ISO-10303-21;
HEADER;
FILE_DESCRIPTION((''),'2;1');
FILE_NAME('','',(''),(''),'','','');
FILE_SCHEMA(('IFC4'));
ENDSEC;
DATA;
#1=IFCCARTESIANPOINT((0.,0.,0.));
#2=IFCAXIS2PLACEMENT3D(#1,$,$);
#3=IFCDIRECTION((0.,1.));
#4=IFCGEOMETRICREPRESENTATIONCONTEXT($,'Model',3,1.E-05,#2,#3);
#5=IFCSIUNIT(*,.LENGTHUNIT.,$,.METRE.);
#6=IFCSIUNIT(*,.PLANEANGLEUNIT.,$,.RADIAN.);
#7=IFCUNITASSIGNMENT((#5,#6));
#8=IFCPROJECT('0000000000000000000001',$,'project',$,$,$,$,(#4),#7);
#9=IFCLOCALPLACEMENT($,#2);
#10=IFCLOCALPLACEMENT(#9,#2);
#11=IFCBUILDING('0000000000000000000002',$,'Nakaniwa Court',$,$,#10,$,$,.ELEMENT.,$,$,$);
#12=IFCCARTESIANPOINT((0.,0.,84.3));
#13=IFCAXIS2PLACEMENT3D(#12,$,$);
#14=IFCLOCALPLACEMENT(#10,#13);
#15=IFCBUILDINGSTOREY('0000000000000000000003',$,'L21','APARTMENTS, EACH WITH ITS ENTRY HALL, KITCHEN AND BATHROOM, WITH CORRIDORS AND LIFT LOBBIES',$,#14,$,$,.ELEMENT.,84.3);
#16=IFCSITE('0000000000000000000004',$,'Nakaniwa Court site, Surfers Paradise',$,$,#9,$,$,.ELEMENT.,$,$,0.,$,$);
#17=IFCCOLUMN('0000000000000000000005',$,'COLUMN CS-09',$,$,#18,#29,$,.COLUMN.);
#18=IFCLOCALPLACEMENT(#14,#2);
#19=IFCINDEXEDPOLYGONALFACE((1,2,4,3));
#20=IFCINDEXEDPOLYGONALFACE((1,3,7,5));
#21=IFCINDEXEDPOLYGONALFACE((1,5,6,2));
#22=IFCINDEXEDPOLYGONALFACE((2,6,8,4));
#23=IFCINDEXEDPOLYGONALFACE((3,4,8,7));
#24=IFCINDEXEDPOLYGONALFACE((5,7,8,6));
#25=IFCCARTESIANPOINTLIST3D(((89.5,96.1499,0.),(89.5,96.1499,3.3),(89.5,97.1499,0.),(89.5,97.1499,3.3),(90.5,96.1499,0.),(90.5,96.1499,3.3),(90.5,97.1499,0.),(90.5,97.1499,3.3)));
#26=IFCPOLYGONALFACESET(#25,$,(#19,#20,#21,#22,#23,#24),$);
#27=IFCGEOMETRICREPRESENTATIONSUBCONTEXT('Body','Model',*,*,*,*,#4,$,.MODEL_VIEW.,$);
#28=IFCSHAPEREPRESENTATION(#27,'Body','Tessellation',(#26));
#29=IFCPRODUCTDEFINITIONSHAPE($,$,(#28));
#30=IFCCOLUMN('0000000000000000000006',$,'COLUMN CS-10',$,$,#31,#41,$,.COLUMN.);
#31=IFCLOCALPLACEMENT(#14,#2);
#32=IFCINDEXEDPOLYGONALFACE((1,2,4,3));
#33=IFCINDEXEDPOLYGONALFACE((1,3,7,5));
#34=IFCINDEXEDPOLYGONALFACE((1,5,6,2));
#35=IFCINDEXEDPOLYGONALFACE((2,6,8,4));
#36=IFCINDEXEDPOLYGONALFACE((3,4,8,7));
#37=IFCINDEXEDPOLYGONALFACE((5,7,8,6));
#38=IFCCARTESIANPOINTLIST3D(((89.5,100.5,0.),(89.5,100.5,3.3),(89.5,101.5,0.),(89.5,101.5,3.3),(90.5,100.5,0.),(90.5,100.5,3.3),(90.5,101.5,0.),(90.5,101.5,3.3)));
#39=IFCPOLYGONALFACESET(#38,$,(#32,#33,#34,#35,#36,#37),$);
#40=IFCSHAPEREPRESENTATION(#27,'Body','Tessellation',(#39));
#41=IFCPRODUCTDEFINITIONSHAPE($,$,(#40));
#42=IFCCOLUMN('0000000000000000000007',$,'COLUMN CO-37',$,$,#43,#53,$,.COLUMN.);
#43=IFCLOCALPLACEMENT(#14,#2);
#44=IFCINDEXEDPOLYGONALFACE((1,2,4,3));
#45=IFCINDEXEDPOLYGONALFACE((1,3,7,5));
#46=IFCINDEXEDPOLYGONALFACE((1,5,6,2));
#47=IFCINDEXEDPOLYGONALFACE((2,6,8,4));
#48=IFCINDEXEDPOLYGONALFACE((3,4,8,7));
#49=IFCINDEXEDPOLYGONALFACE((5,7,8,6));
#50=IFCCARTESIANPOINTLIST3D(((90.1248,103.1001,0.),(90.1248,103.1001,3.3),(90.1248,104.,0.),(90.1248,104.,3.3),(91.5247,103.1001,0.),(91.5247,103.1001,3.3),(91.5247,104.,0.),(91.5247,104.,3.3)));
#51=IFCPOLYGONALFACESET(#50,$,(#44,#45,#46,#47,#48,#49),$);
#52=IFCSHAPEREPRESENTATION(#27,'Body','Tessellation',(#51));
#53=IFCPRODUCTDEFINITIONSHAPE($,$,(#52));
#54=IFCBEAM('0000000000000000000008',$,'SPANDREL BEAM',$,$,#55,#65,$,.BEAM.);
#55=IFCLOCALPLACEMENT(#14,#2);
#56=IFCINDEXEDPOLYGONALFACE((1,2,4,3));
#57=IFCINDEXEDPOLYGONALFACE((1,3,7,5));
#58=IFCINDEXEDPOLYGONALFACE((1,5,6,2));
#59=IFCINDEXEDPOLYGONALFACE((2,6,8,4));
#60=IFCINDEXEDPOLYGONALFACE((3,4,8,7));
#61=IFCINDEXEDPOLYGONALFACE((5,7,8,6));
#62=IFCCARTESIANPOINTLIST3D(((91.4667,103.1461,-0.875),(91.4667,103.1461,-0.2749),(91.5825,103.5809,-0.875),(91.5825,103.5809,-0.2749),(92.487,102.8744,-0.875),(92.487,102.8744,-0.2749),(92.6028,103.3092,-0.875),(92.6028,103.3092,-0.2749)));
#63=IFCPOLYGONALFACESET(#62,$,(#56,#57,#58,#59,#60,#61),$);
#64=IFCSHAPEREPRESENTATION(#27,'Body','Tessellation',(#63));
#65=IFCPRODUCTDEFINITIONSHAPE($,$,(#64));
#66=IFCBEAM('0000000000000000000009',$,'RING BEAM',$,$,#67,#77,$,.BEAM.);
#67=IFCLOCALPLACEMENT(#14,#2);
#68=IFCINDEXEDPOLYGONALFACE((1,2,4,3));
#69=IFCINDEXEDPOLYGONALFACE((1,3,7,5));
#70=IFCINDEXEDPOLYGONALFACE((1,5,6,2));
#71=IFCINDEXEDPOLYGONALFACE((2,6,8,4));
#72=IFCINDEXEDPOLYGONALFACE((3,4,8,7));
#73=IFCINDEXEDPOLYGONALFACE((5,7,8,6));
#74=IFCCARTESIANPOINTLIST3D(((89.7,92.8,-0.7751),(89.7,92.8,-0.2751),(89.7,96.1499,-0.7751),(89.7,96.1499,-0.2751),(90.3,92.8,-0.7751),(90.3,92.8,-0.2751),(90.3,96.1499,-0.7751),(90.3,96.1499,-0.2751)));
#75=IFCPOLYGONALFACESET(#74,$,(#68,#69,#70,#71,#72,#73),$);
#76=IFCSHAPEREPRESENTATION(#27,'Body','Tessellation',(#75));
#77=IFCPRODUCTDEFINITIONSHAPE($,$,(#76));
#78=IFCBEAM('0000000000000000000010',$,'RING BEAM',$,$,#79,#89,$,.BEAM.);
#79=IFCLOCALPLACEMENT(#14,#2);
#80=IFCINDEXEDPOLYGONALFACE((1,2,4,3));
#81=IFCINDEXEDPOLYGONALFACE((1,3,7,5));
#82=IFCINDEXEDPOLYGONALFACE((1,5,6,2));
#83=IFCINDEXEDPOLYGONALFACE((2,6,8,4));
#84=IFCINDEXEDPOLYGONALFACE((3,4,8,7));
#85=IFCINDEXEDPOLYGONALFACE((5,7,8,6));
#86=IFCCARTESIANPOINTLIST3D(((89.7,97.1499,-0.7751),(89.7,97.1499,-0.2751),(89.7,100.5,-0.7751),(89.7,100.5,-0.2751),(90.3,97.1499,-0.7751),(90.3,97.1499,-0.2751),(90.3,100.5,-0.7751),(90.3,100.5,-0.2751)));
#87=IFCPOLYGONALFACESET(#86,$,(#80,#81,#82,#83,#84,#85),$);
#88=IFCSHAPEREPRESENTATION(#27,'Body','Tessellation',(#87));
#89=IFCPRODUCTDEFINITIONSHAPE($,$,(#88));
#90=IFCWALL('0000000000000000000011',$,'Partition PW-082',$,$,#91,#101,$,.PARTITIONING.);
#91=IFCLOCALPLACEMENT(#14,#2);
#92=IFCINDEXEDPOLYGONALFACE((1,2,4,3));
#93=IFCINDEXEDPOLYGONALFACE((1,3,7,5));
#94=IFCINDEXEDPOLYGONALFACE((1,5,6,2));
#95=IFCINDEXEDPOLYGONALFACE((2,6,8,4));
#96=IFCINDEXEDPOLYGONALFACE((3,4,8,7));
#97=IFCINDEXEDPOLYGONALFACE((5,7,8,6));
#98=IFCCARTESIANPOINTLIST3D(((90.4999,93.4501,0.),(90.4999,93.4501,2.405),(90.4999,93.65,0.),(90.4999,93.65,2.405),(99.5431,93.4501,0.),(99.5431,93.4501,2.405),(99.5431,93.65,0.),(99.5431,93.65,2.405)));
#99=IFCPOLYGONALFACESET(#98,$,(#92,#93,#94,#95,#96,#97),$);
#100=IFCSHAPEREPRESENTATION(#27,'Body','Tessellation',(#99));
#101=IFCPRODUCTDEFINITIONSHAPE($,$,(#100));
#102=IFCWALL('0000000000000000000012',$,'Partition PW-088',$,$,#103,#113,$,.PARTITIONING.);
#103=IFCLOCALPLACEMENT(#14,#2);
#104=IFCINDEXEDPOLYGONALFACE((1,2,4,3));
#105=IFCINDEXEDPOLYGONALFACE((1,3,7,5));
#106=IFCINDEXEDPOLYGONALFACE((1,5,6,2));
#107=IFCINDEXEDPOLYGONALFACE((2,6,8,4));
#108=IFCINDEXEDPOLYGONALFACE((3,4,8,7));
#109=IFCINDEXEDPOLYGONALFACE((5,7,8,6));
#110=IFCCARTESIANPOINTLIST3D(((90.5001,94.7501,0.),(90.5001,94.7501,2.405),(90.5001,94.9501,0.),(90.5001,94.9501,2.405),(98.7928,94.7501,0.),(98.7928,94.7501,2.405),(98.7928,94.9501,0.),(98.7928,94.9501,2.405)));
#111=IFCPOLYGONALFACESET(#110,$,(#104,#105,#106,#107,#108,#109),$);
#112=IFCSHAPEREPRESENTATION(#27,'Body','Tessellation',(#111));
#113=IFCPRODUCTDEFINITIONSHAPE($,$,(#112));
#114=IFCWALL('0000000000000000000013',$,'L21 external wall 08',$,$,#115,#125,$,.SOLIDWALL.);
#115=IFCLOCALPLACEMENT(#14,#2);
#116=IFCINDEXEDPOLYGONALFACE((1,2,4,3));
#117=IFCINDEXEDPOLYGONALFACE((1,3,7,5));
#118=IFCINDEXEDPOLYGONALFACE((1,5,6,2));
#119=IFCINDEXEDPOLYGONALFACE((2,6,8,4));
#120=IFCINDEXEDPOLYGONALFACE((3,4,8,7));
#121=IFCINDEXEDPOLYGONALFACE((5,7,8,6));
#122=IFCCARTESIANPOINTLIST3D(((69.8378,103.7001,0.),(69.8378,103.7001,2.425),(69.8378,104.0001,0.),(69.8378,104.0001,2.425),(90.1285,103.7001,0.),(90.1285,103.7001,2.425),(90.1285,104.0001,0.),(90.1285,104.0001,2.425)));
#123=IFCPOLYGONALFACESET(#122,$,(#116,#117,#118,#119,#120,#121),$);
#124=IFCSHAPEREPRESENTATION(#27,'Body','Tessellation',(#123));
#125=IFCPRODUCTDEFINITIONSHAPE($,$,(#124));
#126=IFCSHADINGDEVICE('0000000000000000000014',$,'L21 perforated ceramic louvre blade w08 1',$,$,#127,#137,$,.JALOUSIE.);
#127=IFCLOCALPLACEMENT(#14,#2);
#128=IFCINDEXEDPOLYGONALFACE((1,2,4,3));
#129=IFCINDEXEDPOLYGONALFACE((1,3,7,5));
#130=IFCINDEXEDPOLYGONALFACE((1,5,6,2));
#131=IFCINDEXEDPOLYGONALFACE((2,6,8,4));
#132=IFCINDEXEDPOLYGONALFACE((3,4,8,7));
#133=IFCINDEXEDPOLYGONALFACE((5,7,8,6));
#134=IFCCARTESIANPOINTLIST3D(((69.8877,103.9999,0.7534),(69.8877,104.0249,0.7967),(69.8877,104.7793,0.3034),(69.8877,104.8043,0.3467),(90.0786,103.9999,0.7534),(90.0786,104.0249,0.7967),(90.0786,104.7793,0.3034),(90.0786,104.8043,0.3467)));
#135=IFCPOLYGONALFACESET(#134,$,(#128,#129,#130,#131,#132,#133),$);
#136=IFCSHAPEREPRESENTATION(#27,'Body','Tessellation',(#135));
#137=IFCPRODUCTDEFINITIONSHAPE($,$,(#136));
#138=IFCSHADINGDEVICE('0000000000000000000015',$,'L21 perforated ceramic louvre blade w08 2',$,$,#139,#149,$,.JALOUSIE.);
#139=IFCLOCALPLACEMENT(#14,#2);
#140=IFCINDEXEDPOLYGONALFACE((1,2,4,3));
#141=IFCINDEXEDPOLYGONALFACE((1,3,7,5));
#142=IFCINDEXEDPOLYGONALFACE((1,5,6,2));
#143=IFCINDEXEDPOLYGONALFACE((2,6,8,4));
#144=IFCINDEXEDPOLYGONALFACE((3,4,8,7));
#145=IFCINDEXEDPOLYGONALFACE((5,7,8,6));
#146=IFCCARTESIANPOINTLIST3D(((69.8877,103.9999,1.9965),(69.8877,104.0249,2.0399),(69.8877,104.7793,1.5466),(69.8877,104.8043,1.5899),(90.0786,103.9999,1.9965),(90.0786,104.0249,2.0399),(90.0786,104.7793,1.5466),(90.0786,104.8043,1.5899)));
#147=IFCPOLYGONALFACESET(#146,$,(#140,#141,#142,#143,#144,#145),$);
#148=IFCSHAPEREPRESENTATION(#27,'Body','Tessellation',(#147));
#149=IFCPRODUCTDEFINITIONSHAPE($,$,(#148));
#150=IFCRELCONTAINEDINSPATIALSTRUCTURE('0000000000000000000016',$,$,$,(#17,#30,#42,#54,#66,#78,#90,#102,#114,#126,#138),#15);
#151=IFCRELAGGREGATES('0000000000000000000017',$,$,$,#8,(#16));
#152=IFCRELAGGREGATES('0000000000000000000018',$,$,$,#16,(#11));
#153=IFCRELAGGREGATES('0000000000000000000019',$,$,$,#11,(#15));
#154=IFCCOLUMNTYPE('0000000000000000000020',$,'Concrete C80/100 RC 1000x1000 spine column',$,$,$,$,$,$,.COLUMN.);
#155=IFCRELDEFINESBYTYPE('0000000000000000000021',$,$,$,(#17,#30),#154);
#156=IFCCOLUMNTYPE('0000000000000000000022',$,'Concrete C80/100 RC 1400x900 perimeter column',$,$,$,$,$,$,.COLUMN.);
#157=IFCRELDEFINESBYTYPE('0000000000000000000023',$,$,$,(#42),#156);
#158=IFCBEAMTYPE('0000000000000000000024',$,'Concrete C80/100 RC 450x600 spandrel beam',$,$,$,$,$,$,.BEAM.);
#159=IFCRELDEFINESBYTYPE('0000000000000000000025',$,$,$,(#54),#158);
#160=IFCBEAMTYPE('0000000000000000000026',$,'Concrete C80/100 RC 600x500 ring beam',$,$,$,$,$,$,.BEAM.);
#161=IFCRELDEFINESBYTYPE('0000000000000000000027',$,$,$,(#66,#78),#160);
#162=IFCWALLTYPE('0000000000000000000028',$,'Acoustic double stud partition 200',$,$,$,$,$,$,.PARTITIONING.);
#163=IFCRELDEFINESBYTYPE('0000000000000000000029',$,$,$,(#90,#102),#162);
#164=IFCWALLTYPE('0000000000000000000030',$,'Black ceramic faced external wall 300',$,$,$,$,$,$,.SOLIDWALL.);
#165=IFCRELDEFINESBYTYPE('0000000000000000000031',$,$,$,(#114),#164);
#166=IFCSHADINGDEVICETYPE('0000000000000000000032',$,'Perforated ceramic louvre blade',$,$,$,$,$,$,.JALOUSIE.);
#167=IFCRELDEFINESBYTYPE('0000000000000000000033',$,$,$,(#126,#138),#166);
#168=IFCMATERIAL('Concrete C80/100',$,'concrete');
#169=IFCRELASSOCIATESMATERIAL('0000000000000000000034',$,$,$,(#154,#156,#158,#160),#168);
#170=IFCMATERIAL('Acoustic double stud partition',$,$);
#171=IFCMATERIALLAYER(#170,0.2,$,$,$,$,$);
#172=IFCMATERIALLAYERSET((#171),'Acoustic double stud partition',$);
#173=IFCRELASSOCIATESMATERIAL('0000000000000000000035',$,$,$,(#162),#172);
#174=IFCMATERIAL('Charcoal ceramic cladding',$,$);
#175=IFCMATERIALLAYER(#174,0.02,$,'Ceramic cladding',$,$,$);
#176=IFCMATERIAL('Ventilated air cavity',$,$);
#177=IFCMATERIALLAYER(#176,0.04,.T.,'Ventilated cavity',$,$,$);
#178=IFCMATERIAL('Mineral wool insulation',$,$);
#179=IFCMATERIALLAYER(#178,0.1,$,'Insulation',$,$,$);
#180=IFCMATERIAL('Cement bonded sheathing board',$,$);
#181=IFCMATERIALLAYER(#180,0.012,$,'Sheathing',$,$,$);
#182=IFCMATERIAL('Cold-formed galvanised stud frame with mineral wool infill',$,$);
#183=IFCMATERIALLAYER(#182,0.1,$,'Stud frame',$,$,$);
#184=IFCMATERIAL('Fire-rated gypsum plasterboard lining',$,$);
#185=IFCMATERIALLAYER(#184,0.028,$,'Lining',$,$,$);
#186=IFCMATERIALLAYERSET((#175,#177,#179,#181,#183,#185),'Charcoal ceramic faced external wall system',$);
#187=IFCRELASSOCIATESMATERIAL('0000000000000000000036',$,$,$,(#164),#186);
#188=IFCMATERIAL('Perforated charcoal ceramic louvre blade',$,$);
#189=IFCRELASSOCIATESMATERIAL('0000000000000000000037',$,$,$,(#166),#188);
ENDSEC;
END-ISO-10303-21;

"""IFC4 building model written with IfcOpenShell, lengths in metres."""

from ifc_helpers import new_model, si_unit, direction, frame, frame_2d, origin, origin_2d, place, context, subcontext, project, spatial, rectangle, extrude, material, layer, layer_set, material_profile, profile_set, type_object, element, save


model = new_model("IFC4")

# Units and contexts
model_context = context("Model", 3, precision=1e-05, world=origin(), true_north=direction((0.0, 1.0)))
body_context = subcontext(model_context, "Body", "Model", "MODEL_VIEW")
ifc_project = project(units=[si_unit("LENGTHUNIT", "METRE"), si_unit("PLANEANGLEUNIT", "RADIAN")], contexts=[model_context])

# Site, building, storey
site_placement = place(None, origin())
site = spatial("IfcSite", under=ifc_project, at=site_placement, Name="Nakaniwa Court site, Surfers Paradise", CompositionType="ELEMENT", RefElevation=0.0)
building_placement = place(site_placement, origin())
building = spatial("IfcBuilding", under=site, at=building_placement, Name="Nakaniwa Court", CompositionType="ELEMENT")
storey_placement = place(building_placement, frame((0.0, 0.0, 84.3)))
storey = spatial("IfcBuildingStorey", under=building, at=storey_placement, Name="L21", Description="APARTMENTS, EACH WITH ITS ENTRY HALL, KITCHEN AND BATHROOM, WITH CORRIDORS AND LIFT LOBBIES", CompositionType="ELEMENT", Elevation=84.3)

# Columns
ifc_material_1 = material(Name="Concrete C80/100", Category="concrete")
ifc_material_profile_1 = material_profile(ifc_material_1, rectangle(XDim=1.0, YDim=1.0, at=origin_2d()), Name="Concrete C80/100 RC 1000x1000 spine column")
ifc_profile_set_1 = profile_set([ifc_material_profile_1], Name="Concrete C80/100")
column_type_1 = type_object("IfcColumnType", Name="Concrete C80/100 RC 1000x1000 spine column", PredefinedType="COLUMN", material=ifc_profile_set_1)
for number, where, z_axis, x_axis, name in (
    (1, (90.0, 96.6499, 0.0), (0.0, 0.0, 1.0), (0.0, 1.0, 0.0), "COLUMN CS-09"),
    (2, (90.0, 101.0, 0.0), (0.0, 0.0, 1.0), (0.0, 1.0, 0.0), "COLUMN CS-10"),
):
    element("IfcColumn", number, at=place(storey_placement, frame(where, z_axis=z_axis, x_axis=x_axis)), inside=storey, type_object=column_type_1, Name=name, PredefinedType="COLUMN", context=body_context, shape_type="SweptSolid", body=[
        extrude(rectangle(XDim=1.0, YDim=1.0, at=origin_2d()), origin(), (0.0, 0.0, 1.0), 3.3),
    ])
ifc_material_profile_2 = material_profile(ifc_material_1, rectangle(XDim=1.3999, YDim=0.8999, at=origin_2d()), Name="Concrete C80/100 RC 1400x900 perimeter column")
ifc_profile_set_2 = profile_set([ifc_material_profile_2], Name="Concrete C80/100")
column_type_2 = type_object("IfcColumnType", Name="Concrete C80/100 RC 1400x900 perimeter column", PredefinedType="COLUMN", material=ifc_profile_set_2)
column_placement = place(storey_placement, frame((90.8247, 103.55, 0.0), z_axis=(0.0, 0.0, 1.0), x_axis=(-1.0, 0.0, 0.0)))
element("IfcColumn", 3, at=column_placement, inside=storey, type_object=column_type_2, Name="COLUMN CO-37", PredefinedType="COLUMN", context=body_context, shape_type="SweptSolid", body=[
    extrude(rectangle(XDim=1.3999, YDim=0.8999, at=origin_2d()), origin(), (0.0, 0.0, 1.0), 3.3),
])

# Beams
ifc_material_profile_3 = material_profile(ifc_material_1, rectangle(XDim=0.45, YDim=0.6001, at=origin_2d()), Name="Concrete C80/100 RC 450x600 spandrel beam")
ifc_profile_set_3 = profile_set([ifc_material_profile_3], Name="Concrete C80/100")
beam_type_1 = type_object("IfcBeamType", Name="Concrete C80/100 RC 450x600 spandrel beam", PredefinedType="BEAM", material=ifc_profile_set_3)
beam_1_placement = place(storey_placement, frame((92.5449, 103.0918, -0.575), z_axis=(-0.966315, 0.25736, 0.0), x_axis=(-0.25736, -0.966315, 0.0)))
element("IfcBeam", 4, at=beam_1_placement, inside=storey, type_object=beam_type_1, Name="SPANDREL BEAM", PredefinedType="BEAM", context=body_context, shape_type="SweptSolid", body=[
    extrude(rectangle(XDim=0.45, YDim=0.6001, at=origin_2d()), origin(), (0.0, 0.0, 1.0), 1.0559),
])
ifc_material_profile_4 = material_profile(ifc_material_1, rectangle(XDim=0.6001, YDim=0.5, at=origin_2d()), Name="Concrete C80/100 RC 600x500 ring beam")
ifc_profile_set_4 = profile_set([ifc_material_profile_4], Name="Concrete C80/100")
beam_type_2 = type_object("IfcBeamType", Name="Concrete C80/100 RC 600x500 ring beam", PredefinedType="BEAM", material=ifc_profile_set_4)
beam_2_placement = place(storey_placement, frame((90.0, 92.8, -0.5251), z_axis=(0.0, 1.0, 0.0), x_axis=(-1.0, 0.0, 0.0)))
element("IfcBeam", 5, at=beam_2_placement, inside=storey, type_object=beam_type_2, Name="RING BEAM", PredefinedType="BEAM", context=body_context, shape_type="SweptSolid", body=[
    extrude(rectangle(XDim=0.6001, YDim=0.5, at=origin_2d()), origin(), (0.0, 0.0, 1.0), 3.3499),
])
beam_3_placement = place(storey_placement, frame((90.0, 97.1499, -0.5251), z_axis=(0.0, 1.0, 0.0), x_axis=(-1.0, 0.0, 0.0)))
element("IfcBeam", 6, at=beam_3_placement, inside=storey, type_object=beam_type_2, Name="RING BEAM", PredefinedType="BEAM", context=body_context, shape_type="SweptSolid", body=[
    extrude(rectangle(XDim=0.6001, YDim=0.5, at=origin_2d()), origin(), (0.0, 0.0, 1.0), 3.3501),
])

# Walls
ifc_material_2 = material(Name="Acoustic double stud partition")
ifc_layer_1 = layer(ifc_material_2, 0.2)
ifc_layer_set_1 = layer_set([ifc_layer_1], Name="Acoustic double stud partition")
wall_type_1 = type_object("IfcWallType", Name="Acoustic double stud partition 200", PredefinedType="PARTITIONING", material=ifc_layer_set_1)
wall_1_placement = place(storey_placement, frame((90.5, 93.55, 0.0), z_axis=(0.0, 0.0, 1.0), x_axis=(1.0, 0.0, 0.0)))
element("IfcWall", 7, at=wall_1_placement, inside=storey, type_object=wall_type_1, Name="Partition PW-082", PredefinedType="PARTITIONING", context=body_context, shape_type="SweptSolid", body=[
    extrude(rectangle(XDim=9.0432, YDim=0.2, at=frame_2d((4.5215, 0.0))), origin(), (0.0, 0.0, 1.0), 2.405),
])
wall_2_placement = place(storey_placement, frame((90.5, 94.8501, 0.0), z_axis=(0.0, 0.0, 1.0), x_axis=(1.0, 0.0, 0.0)))
element("IfcWall", 8, at=wall_2_placement, inside=storey, type_object=wall_type_1, Name="Partition PW-088", PredefinedType="PARTITIONING", context=body_context, shape_type="SweptSolid", body=[
    extrude(rectangle(XDim=8.2927, YDim=0.2, at=frame_2d((4.1465, 0.0))), origin(), (0.0, 0.0, 1.0), 2.405),
])
ifc_material_3 = material(Name="Charcoal ceramic cladding")
ifc_layer_2 = layer(ifc_material_3, 0.02, Name="Ceramic cladding")
ifc_material_4 = material(Name="Ventilated air cavity")
ifc_layer_3 = layer(ifc_material_4, 0.04, ventilated=True, Name="Ventilated cavity")
ifc_material_5 = material(Name="Mineral wool insulation")
ifc_layer_4 = layer(ifc_material_5, 0.1, Name="Insulation")
ifc_material_6 = material(Name="Cement bonded sheathing board")
ifc_layer_5 = layer(ifc_material_6, 0.012, Name="Sheathing")
ifc_material_7 = material(Name="Cold-formed galvanised stud frame with mineral wool infill")
ifc_layer_6 = layer(ifc_material_7, 0.1, Name="Stud frame")
ifc_material_8 = material(Name="Fire-rated gypsum plasterboard lining")
ifc_layer_7 = layer(ifc_material_8, 0.028, Name="Lining")
ifc_layer_set_2 = layer_set([ifc_layer_2, ifc_layer_3, ifc_layer_4, ifc_layer_5, ifc_layer_6, ifc_layer_7], Name="Charcoal ceramic faced external wall system")
wall_type_2 = type_object("IfcWallType", Name="Black ceramic faced external wall 300", PredefinedType="SOLIDWALL", material=ifc_layer_set_2)
wall_3_placement = place(storey_placement, frame((90.1287, 103.8501, 0.0), z_axis=(0.0, 0.0, 1.0), x_axis=(-1.0, 0.0, 0.0)))
element("IfcWall", 9, at=wall_3_placement, inside=storey, type_object=wall_type_2, Name="L21 external wall 08", PredefinedType="SOLIDWALL", context=body_context, shape_type="SweptSolid", body=[
    extrude(rectangle(XDim=20.2908, YDim=0.3, at=frame_2d((10.1455, 0.0))), origin(), (0.0, 0.0, 1.0), 2.425),
])

# Shading devices
ifc_material_9 = material(Name="Perforated charcoal ceramic louvre blade")
ifc_material_profile_5 = material_profile(ifc_material_9, rectangle(XDim=0.8999, YDim=0.05, at=origin_2d()), Name="Perforated ceramic louvre blade")
ifc_profile_set_5 = profile_set([ifc_material_profile_5], Name="Perforated charcoal ceramic louvre blade")
shading_device_type = type_object("IfcShadingDeviceType", Name="Perforated ceramic louvre blade", PredefinedType="JALOUSIE", material=ifc_profile_set_5)
for number, where, z_axis, x_axis, name in (
    (10, (90.0786, 104.4021, 0.55), (-1.0, 0.0, 0.0), (0.0, -0.866025, 0.5), "L21 perforated ceramic louvre blade w08 1"),
    (11, (90.0786, 104.4021, 1.7932), (-1.0, 0.0, 0.0), (0.0, -0.866025, 0.5), "L21 perforated ceramic louvre blade w08 2"),
):
    element("IfcShadingDevice", number, at=place(storey_placement, frame(where, z_axis=z_axis, x_axis=x_axis)), inside=storey, type_object=shading_device_type, Name=name, PredefinedType="JALOUSIE", context=body_context, shape_type="SweptSolid", body=[
        extrude(rectangle(XDim=0.8999, YDim=0.05, at=origin_2d()), origin(), (0.0, 0.0, 1.0), 20.1909),
    ])

save(model, "model.ifc")
